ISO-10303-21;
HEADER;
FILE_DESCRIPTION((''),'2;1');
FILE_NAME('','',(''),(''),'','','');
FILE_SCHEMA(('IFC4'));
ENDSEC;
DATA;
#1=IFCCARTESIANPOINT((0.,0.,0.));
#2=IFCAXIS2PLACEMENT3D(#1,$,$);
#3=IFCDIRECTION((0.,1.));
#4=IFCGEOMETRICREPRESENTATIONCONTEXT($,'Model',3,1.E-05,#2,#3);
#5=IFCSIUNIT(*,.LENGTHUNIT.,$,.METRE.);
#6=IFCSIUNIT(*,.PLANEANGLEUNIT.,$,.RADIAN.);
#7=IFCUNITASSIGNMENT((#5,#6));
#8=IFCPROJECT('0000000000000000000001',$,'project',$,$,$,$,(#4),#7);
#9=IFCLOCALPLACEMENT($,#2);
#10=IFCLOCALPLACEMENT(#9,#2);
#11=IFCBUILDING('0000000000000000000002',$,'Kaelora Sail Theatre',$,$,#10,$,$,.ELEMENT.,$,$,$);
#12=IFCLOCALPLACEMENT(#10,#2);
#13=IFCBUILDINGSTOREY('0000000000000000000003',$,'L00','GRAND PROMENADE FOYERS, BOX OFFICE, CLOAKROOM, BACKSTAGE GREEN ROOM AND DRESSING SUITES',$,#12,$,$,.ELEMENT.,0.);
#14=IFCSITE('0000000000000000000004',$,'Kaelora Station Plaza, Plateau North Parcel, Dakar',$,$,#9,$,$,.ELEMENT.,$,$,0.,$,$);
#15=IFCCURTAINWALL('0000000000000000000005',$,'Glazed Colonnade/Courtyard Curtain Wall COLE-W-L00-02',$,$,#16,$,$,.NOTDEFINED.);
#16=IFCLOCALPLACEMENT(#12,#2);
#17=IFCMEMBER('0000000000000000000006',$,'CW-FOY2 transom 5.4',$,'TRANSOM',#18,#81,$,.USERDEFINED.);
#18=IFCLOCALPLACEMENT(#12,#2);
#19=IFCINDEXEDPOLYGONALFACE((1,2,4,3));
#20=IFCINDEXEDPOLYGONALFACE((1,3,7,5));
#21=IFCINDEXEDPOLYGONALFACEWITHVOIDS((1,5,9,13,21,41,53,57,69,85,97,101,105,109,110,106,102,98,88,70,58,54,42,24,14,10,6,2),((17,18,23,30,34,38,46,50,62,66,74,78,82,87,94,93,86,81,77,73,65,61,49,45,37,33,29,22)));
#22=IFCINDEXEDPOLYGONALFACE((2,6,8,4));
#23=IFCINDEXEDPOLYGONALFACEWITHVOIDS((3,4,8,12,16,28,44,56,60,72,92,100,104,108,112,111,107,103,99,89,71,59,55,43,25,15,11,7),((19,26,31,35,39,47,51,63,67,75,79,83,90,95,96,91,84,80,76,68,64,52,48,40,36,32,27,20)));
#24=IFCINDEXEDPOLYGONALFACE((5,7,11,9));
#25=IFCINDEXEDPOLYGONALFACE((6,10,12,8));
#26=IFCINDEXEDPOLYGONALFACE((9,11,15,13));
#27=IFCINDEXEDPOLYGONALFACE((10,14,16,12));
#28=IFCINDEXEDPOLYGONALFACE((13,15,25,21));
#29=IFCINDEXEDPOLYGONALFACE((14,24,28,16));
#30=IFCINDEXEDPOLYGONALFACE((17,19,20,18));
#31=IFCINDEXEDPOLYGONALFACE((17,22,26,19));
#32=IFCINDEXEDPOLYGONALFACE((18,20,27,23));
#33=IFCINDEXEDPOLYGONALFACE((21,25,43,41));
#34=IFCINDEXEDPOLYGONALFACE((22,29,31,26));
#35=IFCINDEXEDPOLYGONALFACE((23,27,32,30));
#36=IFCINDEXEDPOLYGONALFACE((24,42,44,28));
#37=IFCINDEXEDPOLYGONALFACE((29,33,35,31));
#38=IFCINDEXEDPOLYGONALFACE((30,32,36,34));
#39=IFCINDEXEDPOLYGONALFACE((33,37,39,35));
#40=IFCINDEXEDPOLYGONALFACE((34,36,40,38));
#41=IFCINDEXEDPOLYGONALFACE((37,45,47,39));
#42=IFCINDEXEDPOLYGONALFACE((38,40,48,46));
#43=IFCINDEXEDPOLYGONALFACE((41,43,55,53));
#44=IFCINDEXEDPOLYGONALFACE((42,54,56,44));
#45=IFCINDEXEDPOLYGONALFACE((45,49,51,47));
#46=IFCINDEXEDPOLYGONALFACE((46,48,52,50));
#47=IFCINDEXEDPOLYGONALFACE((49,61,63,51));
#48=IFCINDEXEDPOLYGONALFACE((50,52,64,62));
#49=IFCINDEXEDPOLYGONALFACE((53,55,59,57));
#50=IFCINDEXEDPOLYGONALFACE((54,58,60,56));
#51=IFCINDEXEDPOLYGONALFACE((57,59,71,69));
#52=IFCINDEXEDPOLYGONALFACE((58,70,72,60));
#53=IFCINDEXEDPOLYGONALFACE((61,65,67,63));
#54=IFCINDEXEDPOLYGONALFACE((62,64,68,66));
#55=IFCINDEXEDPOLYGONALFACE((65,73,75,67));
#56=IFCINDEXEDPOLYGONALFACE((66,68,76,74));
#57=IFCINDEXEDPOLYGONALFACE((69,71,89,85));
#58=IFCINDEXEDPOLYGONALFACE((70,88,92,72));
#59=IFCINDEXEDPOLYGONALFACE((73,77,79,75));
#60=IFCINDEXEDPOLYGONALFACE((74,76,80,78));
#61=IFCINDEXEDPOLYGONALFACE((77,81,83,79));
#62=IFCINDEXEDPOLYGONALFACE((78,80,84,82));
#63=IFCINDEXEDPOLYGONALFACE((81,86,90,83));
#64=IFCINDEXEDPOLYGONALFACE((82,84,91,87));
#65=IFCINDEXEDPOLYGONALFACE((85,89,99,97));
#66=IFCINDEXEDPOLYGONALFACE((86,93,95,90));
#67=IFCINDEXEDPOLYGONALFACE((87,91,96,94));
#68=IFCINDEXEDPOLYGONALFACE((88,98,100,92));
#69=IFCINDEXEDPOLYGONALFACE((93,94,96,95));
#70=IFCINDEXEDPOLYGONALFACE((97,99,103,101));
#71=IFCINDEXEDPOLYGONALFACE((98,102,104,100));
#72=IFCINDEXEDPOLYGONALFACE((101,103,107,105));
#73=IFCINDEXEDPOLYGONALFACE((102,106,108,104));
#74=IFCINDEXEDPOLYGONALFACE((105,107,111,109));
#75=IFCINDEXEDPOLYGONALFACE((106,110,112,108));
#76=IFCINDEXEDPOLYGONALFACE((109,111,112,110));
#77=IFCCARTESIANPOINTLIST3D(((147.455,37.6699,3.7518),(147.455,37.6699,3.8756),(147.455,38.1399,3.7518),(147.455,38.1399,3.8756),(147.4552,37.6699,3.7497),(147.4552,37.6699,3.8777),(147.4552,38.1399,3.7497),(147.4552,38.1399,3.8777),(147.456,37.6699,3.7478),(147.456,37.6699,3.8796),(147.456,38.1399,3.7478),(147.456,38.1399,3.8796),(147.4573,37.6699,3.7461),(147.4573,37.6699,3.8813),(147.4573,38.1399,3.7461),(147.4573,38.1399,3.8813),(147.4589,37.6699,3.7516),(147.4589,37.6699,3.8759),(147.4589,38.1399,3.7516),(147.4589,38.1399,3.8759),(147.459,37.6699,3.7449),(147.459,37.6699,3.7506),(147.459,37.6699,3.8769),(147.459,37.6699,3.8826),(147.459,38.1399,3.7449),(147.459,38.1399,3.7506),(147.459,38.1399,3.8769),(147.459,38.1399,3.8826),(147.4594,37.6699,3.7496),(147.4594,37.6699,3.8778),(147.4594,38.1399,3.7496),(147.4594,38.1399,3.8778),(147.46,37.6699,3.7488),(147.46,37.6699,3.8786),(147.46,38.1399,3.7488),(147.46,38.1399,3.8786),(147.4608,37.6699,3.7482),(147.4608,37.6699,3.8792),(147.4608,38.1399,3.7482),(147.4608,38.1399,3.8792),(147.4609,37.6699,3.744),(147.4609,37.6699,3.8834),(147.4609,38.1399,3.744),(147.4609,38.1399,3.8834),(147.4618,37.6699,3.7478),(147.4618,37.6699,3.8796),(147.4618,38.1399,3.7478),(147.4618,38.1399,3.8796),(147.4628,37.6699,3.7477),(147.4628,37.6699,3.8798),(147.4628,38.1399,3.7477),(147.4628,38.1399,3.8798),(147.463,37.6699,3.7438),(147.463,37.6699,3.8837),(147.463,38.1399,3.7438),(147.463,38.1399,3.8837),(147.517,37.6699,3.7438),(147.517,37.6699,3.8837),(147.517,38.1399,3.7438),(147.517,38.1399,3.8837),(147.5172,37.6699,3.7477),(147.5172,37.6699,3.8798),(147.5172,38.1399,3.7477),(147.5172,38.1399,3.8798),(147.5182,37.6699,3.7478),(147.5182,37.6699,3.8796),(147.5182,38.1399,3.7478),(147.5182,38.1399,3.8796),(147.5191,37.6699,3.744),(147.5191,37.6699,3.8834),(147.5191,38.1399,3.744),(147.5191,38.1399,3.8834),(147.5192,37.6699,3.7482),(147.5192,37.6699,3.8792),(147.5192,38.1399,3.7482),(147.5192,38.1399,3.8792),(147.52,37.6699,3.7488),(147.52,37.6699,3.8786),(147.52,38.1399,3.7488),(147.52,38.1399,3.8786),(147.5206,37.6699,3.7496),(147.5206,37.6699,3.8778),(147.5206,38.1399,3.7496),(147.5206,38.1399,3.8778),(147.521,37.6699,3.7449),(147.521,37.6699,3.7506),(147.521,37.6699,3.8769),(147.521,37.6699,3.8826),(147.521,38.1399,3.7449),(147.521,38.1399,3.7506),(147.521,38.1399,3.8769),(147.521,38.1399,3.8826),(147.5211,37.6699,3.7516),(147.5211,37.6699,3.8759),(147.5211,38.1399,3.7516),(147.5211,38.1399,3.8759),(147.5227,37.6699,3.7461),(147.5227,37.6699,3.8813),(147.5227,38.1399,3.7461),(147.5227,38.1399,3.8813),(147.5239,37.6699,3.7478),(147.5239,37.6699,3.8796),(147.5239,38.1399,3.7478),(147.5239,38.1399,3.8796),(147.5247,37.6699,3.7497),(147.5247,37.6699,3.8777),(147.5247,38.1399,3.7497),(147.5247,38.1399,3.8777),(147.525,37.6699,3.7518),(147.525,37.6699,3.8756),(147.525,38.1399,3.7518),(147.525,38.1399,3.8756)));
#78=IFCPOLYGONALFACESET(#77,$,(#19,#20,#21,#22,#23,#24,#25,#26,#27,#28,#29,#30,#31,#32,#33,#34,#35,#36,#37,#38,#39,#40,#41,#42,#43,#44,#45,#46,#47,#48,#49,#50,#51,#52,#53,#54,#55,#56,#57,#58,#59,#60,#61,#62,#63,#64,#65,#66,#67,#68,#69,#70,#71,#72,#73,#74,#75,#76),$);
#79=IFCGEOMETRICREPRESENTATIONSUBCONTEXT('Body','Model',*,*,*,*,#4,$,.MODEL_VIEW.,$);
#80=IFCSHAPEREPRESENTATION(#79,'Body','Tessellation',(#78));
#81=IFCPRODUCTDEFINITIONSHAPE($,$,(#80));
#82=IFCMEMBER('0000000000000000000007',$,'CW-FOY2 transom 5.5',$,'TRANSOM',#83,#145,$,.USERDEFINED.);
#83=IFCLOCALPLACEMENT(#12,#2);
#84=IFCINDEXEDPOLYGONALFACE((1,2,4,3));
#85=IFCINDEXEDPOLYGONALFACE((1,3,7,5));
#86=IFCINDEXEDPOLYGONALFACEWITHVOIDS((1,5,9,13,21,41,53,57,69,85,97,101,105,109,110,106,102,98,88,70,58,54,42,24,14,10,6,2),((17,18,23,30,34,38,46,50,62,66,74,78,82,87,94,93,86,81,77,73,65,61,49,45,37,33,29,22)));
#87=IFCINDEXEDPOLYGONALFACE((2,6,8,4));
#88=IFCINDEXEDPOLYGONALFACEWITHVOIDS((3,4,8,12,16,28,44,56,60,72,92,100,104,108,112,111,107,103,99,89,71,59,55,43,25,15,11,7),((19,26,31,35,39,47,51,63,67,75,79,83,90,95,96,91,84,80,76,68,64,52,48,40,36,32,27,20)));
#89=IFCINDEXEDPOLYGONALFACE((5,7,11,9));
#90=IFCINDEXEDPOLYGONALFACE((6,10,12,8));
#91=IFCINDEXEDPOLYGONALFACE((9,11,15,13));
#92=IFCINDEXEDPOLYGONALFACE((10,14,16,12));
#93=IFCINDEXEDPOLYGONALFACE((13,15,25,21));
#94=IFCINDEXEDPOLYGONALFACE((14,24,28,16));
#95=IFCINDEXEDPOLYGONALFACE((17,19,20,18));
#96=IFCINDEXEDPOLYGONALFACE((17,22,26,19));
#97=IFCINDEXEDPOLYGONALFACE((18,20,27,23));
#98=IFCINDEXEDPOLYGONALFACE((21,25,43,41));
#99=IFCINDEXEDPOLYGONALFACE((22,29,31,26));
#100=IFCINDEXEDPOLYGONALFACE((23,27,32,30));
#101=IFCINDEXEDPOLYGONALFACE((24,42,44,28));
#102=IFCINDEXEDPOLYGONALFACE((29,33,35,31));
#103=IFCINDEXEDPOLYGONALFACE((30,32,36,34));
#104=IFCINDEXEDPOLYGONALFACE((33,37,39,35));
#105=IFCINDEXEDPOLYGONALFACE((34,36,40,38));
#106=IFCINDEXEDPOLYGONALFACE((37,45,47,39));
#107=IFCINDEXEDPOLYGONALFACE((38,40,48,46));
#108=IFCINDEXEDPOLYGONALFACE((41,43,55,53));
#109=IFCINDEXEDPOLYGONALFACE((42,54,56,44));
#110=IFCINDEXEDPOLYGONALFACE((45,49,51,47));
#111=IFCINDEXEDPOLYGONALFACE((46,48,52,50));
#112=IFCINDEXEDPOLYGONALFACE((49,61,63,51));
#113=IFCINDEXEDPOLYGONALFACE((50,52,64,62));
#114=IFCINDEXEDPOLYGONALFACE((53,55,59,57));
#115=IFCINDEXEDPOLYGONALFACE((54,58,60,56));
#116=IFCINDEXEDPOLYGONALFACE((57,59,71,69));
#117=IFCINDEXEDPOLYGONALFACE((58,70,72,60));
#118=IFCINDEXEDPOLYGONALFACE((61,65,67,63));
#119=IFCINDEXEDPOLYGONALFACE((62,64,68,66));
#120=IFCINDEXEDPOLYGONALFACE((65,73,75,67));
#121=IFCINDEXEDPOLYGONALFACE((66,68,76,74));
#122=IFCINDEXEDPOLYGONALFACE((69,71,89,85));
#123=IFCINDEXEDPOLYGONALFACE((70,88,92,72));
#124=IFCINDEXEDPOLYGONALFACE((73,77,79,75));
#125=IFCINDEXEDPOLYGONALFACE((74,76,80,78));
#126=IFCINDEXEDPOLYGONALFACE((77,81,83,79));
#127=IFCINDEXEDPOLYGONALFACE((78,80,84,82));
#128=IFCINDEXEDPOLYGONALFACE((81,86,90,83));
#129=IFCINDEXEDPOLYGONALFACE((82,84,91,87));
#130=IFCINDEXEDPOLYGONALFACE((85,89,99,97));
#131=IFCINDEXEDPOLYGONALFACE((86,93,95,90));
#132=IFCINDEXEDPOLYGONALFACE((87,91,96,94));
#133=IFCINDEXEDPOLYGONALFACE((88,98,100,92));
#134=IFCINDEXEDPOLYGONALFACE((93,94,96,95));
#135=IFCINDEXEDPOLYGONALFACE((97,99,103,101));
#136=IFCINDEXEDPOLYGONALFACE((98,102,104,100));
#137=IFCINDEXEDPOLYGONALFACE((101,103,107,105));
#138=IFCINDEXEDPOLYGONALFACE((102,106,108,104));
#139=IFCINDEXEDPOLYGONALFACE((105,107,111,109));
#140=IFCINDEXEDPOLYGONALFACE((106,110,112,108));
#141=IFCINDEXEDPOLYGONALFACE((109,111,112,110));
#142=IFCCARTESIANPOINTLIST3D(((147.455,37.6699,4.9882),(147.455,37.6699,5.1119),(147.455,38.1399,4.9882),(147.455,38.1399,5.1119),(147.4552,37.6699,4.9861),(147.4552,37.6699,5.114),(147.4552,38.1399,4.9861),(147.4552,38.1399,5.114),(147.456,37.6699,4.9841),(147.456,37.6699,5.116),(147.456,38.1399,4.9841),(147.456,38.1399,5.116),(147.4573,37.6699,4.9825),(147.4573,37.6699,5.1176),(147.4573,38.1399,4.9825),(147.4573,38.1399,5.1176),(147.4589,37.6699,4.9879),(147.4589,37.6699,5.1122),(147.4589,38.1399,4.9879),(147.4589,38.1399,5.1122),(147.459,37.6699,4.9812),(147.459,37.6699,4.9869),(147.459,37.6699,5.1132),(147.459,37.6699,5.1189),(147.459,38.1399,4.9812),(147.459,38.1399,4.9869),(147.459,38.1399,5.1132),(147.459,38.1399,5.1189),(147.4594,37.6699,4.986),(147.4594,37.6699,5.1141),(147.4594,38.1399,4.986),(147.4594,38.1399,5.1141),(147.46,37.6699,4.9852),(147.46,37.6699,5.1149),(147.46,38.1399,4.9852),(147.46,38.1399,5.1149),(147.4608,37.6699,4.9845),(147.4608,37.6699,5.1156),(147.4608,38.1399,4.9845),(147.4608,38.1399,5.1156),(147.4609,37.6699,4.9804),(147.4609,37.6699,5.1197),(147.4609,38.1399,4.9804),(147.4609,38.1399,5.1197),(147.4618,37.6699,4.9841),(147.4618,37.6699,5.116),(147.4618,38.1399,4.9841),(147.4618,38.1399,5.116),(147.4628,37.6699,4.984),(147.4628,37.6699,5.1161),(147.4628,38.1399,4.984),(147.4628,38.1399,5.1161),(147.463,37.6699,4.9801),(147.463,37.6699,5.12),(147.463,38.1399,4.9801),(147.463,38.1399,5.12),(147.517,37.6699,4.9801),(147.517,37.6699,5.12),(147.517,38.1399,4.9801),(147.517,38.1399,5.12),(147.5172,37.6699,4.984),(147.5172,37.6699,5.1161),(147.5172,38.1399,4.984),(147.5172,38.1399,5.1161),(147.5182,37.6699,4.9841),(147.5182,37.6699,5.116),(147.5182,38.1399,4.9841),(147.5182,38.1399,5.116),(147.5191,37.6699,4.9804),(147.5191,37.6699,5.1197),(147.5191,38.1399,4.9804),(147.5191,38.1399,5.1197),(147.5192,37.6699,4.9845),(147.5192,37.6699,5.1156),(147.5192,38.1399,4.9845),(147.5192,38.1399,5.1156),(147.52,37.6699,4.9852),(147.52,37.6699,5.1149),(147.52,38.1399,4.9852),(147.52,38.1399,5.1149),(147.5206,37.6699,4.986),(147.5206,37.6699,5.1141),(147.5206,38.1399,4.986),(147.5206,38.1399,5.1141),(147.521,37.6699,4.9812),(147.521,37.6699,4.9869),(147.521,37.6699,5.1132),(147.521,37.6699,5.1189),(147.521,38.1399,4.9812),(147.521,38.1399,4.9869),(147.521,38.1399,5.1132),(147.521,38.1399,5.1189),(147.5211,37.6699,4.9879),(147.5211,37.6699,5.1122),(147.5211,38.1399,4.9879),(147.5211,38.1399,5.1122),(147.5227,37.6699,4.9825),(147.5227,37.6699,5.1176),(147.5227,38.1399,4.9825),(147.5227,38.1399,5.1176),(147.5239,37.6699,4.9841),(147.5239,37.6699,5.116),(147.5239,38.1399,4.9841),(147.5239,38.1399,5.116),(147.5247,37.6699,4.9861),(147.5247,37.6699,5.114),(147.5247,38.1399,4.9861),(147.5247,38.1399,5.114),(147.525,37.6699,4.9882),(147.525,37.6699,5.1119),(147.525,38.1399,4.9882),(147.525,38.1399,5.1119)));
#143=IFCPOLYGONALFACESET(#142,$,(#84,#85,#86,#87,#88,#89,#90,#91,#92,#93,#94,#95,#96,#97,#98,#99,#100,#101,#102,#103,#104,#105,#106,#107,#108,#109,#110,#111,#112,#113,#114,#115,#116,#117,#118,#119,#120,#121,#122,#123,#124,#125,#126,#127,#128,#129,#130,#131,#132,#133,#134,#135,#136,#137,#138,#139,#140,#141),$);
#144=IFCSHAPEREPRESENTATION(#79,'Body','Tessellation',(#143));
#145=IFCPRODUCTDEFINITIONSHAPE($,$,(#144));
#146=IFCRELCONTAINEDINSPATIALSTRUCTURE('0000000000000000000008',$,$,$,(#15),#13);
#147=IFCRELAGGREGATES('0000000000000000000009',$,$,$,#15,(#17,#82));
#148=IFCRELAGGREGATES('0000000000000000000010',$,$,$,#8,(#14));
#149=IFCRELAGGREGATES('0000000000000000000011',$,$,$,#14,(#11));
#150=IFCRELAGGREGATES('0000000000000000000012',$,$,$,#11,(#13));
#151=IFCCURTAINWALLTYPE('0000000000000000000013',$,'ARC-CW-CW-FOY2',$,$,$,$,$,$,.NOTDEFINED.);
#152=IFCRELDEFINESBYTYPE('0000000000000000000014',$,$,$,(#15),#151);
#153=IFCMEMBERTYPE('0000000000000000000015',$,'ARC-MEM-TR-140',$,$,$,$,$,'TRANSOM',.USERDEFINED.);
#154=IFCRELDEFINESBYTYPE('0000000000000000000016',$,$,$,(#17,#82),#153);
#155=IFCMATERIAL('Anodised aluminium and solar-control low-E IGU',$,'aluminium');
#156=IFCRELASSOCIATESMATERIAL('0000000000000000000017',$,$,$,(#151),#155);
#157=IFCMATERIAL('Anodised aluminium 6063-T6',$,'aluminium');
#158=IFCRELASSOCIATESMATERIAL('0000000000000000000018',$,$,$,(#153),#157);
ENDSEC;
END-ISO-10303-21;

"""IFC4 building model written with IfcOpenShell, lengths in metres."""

from ifc_helpers import new_model, si_unit, direction, frame, origin, origin_2d, place, context, subcontext, project, spatial, hollow_rectangle, extrude, material, material_profile, profile_set, type_object, element, aggregate, save


model = new_model("IFC4")

# Units and contexts
model_context = context("Model", 3, precision=1e-05, world=origin(), true_north=direction((0.0, 1.0)))
body_context = subcontext(model_context, "Body", "Model", "MODEL_VIEW")
ifc_project = project(units=[si_unit("LENGTHUNIT", "METRE"), si_unit("PLANEANGLEUNIT", "RADIAN")], contexts=[model_context])

# Site, building, storey
site_placement = place(None, origin())
site = spatial("IfcSite", under=ifc_project, at=site_placement, Name="Kaelora Station Plaza, Plateau North Parcel, Dakar", CompositionType="ELEMENT", RefElevation=0.0)
building_placement = place(site_placement, origin())
building = spatial("IfcBuilding", under=site, at=building_placement, Name="Kaelora Sail Theatre", CompositionType="ELEMENT")
storey_placement = place(building_placement, origin())
storey = spatial("IfcBuildingStorey", under=building, at=storey_placement, Name="L00", Description="GRAND PROMENADE FOYERS, BOX OFFICE, CLOAKROOM, BACKSTAGE GREEN ROOM AND DRESSING SUITES", CompositionType="ELEMENT", Elevation=0.0)

# Curtain wall, members
ifc_material_1 = material(Name="Anodised aluminium and solar-control low-E IGU", Category="aluminium")
curtain_wall_type = type_object("IfcCurtainWallType", Name="ARC-CW-CW-FOY2", PredefinedType="NOTDEFINED", material=ifc_material_1)
curtain_wall_1_placement = place(storey_placement, origin())
curtain_wall_1 = element("IfcCurtainWall", 1, at=curtain_wall_1_placement, inside=storey, type_object=curtain_wall_type, Name="Glazed Colonnade/Courtyard Curtain Wall COLE-W-L00-02", PredefinedType="NOTDEFINED")
ifc_material_2 = material(Name="Anodised aluminium 6063-T6", Category="aluminium")
ifc_material_profile_1 = material_profile(ifc_material_2, hollow_rectangle(XDim=0.0701, YDim=0.1399, WallThickness=0.0039, InnerFilletRadius=0.0039, OuterFilletRadius=0.0081, at=origin_2d()), Name="ALU-TRAN 70x140x4")
ifc_profile_set_1 = profile_set([ifc_material_profile_1], Name="Anodised aluminium 6063-T6")
member_type_1 = type_object("IfcMemberType", Name="ARC-MEM-TR-140", ElementType="TRANSOM", PredefinedType="USERDEFINED", material=ifc_profile_set_1)
member_1_placement = place(storey_placement, frame((147.49, 37.6699, 3.8137), z_axis=(0.0, 1.0, 0.0), x_axis=(-1.0, 0.0, 0.0)))
member_1 = element("IfcMember", 2, at=member_1_placement, type_object=member_type_1, Name="CW-FOY2 transom 5.4", ObjectType="TRANSOM", PredefinedType="USERDEFINED", context=body_context, shape_type="SweptSolid", body=[
    extrude(hollow_rectangle(XDim=0.0701, YDim=0.1399, WallThickness=0.0039, InnerFilletRadius=0.0039, OuterFilletRadius=0.0081, at=origin_2d()), origin(), (0.0, 0.0, 1.0), 0.47),
])
member_2_placement = place(storey_placement, frame((147.49, 37.6699, 5.05), z_axis=(0.0, 1.0, 0.0), x_axis=(-1.0, 0.0, 0.0)))
member_2 = element("IfcMember", 3, at=member_2_placement, type_object=member_type_1, Name="CW-FOY2 transom 5.5", ObjectType="TRANSOM", PredefinedType="USERDEFINED", context=body_context, shape_type="SweptSolid", body=[
    extrude(hollow_rectangle(XDim=0.0701, YDim=0.1399, WallThickness=0.0039, InnerFilletRadius=0.0039, OuterFilletRadius=0.0081, at=origin_2d()), origin(), (0.0, 0.0, 1.0), 0.47),
])

aggregate(curtain_wall_1, [member_1, member_2])

save(model, "model.ifc")
